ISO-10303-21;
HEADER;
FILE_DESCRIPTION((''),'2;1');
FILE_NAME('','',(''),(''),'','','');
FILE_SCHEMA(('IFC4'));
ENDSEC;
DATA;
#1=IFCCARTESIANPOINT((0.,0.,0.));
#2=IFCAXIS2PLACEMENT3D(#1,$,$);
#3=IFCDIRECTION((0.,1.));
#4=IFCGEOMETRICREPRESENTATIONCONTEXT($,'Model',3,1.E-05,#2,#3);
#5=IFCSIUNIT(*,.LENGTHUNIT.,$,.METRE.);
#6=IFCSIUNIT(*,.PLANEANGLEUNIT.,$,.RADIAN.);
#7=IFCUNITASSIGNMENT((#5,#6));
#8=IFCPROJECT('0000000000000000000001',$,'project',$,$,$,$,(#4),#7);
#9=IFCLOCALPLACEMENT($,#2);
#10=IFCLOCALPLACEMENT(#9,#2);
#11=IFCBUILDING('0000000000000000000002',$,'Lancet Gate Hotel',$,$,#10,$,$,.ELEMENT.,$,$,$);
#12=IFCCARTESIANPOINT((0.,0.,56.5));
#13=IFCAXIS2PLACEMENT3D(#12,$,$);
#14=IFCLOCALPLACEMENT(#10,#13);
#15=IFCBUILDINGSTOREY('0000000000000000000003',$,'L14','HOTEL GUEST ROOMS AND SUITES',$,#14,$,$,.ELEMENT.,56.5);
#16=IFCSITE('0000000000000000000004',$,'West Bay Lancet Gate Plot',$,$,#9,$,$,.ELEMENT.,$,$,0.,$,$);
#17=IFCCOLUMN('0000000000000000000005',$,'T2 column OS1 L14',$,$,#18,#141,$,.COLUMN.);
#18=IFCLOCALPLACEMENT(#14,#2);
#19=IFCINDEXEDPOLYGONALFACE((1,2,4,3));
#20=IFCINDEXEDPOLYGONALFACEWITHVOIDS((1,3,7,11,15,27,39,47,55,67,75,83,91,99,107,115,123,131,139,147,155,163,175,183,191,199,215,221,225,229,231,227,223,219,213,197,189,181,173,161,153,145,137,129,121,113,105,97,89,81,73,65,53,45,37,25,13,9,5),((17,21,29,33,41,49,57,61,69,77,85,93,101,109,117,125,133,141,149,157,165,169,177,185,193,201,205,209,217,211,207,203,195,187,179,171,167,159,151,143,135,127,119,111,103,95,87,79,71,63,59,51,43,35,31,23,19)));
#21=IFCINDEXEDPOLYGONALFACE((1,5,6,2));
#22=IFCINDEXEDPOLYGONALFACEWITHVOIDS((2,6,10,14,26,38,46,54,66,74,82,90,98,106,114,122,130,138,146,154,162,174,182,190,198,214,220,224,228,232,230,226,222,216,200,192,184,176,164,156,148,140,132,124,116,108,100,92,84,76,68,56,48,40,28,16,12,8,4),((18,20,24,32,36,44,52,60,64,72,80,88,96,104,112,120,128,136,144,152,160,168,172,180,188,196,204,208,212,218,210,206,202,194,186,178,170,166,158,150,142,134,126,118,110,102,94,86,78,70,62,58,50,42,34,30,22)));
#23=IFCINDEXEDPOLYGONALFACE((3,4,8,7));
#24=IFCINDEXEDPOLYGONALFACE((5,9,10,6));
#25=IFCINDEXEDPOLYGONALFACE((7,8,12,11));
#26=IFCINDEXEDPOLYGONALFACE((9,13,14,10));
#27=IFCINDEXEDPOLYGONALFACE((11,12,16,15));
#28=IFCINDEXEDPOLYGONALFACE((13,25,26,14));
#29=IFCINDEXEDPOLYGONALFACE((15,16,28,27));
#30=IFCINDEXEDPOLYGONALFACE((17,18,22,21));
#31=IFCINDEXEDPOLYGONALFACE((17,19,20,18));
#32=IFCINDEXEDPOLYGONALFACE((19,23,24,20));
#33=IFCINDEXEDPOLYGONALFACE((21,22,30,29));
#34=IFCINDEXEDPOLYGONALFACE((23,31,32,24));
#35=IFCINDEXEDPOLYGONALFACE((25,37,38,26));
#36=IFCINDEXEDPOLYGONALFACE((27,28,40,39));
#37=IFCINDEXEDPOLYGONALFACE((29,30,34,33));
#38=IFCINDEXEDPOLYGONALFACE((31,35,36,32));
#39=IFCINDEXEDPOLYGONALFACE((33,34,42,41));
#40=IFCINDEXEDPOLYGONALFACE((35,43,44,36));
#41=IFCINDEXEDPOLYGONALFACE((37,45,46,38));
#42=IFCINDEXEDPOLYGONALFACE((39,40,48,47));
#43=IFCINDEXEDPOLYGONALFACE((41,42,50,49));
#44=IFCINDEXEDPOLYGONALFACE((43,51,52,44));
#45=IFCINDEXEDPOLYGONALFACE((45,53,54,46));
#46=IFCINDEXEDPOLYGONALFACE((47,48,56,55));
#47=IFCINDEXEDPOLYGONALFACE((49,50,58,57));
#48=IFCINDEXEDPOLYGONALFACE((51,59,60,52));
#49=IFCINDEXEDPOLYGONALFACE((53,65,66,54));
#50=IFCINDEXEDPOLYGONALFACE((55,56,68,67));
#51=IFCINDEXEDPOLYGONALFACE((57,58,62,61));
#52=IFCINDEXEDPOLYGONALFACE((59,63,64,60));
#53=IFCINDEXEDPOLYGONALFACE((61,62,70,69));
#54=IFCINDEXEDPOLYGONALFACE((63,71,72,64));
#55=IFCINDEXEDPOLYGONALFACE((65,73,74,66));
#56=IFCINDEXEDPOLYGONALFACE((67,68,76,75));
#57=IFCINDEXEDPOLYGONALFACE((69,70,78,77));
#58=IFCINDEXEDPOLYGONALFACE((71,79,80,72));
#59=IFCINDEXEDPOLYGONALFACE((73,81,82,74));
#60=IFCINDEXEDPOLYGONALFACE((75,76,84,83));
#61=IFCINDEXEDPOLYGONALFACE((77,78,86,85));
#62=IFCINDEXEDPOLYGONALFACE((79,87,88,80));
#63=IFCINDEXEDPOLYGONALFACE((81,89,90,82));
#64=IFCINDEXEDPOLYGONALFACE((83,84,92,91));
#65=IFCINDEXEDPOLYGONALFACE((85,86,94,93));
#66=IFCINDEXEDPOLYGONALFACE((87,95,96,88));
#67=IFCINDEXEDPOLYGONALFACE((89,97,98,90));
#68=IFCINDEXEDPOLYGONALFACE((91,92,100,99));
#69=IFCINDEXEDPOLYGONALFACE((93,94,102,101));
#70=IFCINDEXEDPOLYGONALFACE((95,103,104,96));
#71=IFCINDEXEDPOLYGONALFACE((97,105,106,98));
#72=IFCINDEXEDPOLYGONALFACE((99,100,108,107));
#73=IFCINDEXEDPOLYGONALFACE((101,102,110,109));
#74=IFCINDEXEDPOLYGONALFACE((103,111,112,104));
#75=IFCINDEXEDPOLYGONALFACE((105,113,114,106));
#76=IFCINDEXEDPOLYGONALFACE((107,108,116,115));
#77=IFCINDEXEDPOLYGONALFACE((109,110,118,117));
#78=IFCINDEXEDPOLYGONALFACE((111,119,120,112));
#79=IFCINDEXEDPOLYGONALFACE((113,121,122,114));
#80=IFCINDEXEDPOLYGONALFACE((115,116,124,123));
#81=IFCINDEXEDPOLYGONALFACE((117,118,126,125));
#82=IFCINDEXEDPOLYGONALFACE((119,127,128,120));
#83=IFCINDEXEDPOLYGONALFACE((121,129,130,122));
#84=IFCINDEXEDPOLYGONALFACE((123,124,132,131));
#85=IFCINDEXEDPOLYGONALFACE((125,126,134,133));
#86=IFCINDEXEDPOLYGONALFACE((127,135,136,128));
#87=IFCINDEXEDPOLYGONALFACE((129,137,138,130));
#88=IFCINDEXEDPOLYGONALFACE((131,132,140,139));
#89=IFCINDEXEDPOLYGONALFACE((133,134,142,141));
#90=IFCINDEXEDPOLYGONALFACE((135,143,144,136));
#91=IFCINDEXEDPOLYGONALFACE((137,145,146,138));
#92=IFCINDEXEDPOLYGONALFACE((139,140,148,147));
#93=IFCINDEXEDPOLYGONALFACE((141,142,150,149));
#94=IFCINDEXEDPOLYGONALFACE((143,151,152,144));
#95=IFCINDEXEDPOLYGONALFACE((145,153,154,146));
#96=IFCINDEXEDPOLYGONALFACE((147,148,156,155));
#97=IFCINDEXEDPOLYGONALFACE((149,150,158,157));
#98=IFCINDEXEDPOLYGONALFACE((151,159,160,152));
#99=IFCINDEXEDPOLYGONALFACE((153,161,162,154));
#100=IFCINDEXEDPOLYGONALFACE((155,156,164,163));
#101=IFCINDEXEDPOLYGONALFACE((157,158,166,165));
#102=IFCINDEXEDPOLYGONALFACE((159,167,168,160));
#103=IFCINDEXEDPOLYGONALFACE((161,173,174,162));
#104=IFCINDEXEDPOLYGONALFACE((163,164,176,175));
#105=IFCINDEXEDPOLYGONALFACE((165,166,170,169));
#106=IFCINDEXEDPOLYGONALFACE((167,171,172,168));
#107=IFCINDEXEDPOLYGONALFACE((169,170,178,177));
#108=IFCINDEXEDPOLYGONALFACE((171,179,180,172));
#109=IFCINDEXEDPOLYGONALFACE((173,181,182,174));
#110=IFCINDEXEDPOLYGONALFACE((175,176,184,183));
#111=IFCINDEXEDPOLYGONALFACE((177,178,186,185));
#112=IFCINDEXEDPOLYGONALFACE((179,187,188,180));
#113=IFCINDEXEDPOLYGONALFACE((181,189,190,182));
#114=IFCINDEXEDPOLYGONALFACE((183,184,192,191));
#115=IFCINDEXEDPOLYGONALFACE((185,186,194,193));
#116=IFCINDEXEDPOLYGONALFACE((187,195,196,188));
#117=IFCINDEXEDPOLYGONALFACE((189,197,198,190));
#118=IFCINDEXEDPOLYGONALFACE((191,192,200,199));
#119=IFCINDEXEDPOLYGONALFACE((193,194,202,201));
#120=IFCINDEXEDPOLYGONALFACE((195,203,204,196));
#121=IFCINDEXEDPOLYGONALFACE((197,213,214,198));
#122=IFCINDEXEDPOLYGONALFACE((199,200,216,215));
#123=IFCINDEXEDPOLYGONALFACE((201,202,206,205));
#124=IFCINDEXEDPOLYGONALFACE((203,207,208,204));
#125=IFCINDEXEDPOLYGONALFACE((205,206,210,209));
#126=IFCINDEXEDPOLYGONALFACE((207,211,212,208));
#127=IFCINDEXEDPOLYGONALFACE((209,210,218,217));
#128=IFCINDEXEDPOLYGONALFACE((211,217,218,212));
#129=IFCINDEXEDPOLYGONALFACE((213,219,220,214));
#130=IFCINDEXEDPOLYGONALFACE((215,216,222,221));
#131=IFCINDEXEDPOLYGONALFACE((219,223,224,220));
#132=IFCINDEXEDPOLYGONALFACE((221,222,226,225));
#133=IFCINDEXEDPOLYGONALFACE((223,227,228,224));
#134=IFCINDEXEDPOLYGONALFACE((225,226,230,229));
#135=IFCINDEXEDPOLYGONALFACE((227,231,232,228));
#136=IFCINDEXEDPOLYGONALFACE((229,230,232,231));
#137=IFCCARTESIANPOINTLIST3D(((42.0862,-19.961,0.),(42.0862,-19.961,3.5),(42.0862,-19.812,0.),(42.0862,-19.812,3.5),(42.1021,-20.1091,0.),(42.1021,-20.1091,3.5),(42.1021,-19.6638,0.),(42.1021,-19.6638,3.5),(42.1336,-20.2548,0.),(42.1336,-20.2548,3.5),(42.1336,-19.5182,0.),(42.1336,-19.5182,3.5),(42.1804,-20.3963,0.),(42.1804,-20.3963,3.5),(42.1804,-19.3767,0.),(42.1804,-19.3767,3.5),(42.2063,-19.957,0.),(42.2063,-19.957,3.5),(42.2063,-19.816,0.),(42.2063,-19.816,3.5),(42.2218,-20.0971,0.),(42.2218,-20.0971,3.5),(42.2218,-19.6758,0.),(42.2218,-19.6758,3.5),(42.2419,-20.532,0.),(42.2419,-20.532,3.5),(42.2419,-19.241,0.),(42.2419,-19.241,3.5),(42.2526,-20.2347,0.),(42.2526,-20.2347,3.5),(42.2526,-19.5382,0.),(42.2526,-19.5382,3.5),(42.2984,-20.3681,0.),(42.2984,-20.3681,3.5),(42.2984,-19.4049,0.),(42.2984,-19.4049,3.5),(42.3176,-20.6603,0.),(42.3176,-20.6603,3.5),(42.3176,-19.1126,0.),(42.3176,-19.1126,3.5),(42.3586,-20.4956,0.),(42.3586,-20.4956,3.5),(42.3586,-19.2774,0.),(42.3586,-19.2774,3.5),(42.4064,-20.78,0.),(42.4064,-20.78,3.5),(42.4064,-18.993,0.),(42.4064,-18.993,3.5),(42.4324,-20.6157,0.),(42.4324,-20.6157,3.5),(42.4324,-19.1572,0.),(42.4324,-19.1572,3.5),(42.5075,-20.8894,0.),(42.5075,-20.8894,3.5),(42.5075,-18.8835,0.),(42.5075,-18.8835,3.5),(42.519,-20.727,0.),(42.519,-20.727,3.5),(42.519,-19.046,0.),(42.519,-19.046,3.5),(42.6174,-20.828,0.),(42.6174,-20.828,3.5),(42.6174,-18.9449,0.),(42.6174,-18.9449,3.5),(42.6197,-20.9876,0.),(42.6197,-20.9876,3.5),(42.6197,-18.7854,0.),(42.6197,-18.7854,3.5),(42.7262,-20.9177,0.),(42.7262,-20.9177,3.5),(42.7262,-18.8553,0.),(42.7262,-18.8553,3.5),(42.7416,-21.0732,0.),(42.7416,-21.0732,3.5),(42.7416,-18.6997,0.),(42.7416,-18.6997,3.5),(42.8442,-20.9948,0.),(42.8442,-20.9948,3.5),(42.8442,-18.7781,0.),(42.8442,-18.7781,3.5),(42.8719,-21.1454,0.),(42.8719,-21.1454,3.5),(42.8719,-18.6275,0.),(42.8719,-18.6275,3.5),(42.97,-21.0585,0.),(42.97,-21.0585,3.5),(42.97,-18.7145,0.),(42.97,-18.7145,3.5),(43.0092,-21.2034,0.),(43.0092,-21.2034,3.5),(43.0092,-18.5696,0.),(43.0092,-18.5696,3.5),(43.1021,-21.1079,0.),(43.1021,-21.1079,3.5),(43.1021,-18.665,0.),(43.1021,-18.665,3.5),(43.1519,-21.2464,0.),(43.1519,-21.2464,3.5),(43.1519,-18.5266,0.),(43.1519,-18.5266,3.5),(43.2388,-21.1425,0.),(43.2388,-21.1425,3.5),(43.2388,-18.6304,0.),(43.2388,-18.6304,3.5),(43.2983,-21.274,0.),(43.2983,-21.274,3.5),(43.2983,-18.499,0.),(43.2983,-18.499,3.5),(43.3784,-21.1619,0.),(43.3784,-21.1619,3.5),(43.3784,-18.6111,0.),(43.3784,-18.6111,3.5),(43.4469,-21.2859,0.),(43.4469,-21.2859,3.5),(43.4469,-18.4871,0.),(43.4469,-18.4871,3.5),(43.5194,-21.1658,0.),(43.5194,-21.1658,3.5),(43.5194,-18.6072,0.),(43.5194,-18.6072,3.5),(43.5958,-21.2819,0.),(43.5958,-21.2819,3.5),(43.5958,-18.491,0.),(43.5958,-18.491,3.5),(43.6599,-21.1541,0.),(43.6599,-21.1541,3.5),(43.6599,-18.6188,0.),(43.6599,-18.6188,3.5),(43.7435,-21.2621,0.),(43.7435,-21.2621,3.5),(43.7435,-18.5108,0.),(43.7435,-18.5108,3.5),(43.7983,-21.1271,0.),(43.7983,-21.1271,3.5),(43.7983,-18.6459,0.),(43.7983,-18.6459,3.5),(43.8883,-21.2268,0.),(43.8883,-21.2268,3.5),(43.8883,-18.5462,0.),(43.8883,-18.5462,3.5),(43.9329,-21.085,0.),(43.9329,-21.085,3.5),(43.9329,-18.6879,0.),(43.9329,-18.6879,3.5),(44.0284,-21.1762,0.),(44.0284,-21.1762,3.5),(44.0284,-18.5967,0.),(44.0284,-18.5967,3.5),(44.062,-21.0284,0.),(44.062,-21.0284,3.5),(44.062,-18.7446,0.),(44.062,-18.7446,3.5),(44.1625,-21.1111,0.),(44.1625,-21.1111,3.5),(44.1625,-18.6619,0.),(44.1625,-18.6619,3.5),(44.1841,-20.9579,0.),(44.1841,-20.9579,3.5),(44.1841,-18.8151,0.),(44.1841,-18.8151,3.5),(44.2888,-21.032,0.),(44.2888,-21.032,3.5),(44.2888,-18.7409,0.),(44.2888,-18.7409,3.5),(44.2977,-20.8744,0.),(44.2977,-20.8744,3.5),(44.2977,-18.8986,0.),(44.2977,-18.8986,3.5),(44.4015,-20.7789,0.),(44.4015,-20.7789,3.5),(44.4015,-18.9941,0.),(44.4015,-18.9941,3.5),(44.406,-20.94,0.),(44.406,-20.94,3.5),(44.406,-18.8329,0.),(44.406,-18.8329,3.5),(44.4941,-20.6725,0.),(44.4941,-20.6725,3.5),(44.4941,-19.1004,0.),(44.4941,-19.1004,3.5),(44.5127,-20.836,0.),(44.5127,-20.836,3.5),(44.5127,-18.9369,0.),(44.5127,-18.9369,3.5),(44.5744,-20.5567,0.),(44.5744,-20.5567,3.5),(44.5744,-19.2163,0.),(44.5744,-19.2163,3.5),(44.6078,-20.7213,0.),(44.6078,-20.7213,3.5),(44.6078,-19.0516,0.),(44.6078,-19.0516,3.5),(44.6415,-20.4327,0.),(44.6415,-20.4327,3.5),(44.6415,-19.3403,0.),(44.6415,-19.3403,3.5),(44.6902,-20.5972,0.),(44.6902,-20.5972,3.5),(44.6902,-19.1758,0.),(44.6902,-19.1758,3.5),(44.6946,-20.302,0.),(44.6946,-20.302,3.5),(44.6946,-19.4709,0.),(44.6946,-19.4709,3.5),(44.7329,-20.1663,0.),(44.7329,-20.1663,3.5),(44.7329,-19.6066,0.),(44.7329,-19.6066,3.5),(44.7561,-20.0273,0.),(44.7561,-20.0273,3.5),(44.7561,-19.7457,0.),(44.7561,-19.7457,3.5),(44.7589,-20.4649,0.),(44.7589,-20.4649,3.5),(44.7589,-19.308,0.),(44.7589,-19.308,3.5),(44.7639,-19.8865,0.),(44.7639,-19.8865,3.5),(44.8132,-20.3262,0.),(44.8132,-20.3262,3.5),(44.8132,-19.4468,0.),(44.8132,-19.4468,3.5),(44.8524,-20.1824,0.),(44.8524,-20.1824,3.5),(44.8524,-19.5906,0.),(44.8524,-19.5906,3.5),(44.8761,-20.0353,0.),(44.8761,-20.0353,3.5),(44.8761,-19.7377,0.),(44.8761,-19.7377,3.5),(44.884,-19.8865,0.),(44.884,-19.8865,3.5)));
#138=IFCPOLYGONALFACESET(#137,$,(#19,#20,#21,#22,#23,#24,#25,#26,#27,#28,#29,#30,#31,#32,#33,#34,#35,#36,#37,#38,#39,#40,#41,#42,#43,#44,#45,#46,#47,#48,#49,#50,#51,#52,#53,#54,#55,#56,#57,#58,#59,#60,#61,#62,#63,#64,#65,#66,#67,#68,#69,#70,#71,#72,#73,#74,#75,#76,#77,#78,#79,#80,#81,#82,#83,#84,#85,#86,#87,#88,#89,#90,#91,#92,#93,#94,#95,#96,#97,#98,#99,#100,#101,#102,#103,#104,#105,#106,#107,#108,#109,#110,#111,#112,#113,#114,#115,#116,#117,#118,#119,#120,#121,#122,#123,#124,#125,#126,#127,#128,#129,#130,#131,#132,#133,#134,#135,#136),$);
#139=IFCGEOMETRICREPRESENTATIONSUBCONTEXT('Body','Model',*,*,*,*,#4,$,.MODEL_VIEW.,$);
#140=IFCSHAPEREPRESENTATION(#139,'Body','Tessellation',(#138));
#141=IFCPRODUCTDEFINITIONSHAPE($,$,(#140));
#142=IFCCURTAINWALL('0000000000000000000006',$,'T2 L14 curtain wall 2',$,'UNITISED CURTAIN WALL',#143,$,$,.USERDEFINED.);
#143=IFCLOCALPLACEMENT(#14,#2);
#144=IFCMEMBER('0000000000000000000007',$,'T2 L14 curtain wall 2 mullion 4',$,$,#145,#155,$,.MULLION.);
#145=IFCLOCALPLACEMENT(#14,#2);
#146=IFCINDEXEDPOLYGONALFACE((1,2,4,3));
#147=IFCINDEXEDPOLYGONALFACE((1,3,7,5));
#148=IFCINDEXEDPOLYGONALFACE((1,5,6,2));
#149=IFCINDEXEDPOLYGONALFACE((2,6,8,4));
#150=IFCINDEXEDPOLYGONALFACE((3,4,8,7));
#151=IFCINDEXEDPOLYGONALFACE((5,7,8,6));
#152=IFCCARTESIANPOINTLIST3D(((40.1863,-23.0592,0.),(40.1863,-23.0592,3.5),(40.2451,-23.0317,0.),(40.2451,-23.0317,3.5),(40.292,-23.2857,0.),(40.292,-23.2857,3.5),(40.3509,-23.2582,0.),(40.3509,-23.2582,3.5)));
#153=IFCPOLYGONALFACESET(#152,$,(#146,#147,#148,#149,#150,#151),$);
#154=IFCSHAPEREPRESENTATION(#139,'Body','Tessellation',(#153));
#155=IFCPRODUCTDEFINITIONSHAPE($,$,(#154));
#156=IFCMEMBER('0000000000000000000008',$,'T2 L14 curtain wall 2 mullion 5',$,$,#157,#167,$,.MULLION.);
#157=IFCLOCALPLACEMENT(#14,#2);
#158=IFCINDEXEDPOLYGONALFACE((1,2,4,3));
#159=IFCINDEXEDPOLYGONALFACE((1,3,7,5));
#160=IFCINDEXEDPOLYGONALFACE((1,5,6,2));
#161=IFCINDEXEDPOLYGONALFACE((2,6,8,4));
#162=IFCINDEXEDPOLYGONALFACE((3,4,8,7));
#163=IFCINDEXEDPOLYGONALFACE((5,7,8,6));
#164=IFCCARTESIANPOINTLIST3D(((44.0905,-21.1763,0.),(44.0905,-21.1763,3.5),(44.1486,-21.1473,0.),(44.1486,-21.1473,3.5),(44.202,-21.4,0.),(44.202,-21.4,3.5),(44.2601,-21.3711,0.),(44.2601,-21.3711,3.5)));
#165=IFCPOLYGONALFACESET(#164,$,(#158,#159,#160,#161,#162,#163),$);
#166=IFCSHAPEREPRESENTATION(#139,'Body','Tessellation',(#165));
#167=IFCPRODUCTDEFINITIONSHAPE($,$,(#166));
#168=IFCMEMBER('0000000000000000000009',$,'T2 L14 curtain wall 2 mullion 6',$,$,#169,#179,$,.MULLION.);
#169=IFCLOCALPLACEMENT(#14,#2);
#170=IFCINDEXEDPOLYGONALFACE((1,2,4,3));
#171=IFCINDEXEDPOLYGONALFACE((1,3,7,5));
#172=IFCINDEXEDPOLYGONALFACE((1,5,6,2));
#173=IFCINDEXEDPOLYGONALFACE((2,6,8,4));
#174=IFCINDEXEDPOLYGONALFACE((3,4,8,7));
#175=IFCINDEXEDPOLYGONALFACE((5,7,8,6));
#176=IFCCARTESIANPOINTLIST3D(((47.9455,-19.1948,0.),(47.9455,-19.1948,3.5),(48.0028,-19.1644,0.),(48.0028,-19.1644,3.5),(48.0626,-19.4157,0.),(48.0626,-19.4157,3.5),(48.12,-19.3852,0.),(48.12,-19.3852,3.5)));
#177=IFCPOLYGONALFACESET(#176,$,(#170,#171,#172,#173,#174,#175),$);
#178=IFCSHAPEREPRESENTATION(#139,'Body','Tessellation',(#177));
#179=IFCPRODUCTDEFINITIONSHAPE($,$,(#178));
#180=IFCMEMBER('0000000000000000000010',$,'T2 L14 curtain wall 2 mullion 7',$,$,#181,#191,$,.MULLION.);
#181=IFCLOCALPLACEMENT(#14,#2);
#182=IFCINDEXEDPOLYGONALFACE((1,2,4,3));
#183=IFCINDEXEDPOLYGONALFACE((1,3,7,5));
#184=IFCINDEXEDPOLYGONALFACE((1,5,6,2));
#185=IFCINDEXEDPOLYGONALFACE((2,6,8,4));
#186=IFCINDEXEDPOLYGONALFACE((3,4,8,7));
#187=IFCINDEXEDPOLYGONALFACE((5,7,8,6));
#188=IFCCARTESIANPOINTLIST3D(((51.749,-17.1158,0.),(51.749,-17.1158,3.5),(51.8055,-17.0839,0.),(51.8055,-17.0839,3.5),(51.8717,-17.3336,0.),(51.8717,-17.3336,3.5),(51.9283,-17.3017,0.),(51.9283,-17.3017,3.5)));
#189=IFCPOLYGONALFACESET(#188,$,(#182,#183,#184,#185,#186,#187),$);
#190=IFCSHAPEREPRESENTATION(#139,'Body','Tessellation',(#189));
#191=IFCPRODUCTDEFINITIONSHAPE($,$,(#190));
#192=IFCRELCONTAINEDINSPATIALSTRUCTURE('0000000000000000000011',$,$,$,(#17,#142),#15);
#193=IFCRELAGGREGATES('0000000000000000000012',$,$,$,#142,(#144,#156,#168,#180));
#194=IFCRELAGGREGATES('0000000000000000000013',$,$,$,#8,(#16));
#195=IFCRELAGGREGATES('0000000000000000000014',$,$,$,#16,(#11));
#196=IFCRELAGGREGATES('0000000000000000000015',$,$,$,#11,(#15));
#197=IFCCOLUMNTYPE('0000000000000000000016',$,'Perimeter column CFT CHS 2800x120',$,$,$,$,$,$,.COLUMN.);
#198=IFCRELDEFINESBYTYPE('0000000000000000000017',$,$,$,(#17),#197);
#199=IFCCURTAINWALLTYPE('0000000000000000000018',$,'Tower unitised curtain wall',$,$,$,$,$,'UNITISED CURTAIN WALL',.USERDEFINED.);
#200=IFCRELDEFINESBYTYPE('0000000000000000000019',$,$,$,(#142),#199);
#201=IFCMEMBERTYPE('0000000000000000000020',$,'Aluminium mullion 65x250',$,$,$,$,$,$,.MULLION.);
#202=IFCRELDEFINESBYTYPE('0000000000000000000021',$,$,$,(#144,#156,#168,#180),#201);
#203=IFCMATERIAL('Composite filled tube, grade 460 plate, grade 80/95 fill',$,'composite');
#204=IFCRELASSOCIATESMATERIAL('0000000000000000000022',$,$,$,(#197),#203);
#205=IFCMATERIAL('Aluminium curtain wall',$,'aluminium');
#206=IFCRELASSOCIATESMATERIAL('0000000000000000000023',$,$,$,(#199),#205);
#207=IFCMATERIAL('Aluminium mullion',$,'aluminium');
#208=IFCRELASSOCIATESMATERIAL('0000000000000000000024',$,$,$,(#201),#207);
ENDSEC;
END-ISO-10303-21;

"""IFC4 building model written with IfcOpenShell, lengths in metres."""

from ifc_helpers import new_model, si_unit, direction, frame, origin, origin_2d, place, context, subcontext, project, spatial, rectangle, hollow_circle, extrude, material, material_profile, profile_set, type_object, element, aggregate, save


model = new_model("IFC4")

# Units and contexts
model_context = context("Model", 3, precision=1e-05, world=origin(), true_north=direction((0.0, 1.0)))
body_context = subcontext(model_context, "Body", "Model", "MODEL_VIEW")
ifc_project = project(units=[si_unit("LENGTHUNIT", "METRE"), si_unit("PLANEANGLEUNIT", "RADIAN")], contexts=[model_context])

# Site, building, storey
site_placement = place(None, origin())
site = spatial("IfcSite", under=ifc_project, at=site_placement, Name="West Bay Lancet Gate Plot", CompositionType="ELEMENT", RefElevation=0.0)
building_placement = place(site_placement, origin())
building = spatial("IfcBuilding", under=site, at=building_placement, Name="Lancet Gate Hotel", CompositionType="ELEMENT")
storey_placement = place(building_placement, frame((0.0, 0.0, 56.5)))
storey = spatial("IfcBuildingStorey", under=building, at=storey_placement, Name="L14", Description="HOTEL GUEST ROOMS AND SUITES", CompositionType="ELEMENT", Elevation=56.5)

# Column
ifc_material_1 = material(Name="Composite filled tube, grade 460 plate, grade 80/95 fill", Category="composite")
ifc_material_profile_1 = material_profile(ifc_material_1, hollow_circle(Radius=1.3999, WallThickness=0.1201, at=origin_2d()), Name="CHS 2800x120")
ifc_profile_set_1 = profile_set([ifc_material_profile_1], Name="Composite filled tube, grade 460 plate, grade 80/95 fill")
column_type = type_object("IfcColumnType", Name="Perimeter column CFT CHS 2800x120", PredefinedType="COLUMN", material=ifc_profile_set_1)
column_placement = place(storey_placement, frame((43.4841, -19.8865, 0.0), z_axis=(0.0, 0.0, 1.0), x_axis=(1.0, 0.0, 0.0)))
element("IfcColumn", 1, at=column_placement, inside=storey, type_object=column_type, Name="T2 column OS1 L14", PredefinedType="COLUMN", context=body_context, shape_type="SweptSolid", body=[
    extrude(hollow_circle(Radius=1.3999, WallThickness=0.1201, at=origin_2d()), origin(), (0.0, 0.0, 1.0), 3.5),
])

# Curtain wall, members
ifc_material_2 = material(Name="Aluminium curtain wall", Category="aluminium")
curtain_wall_type = type_object("IfcCurtainWallType", Name="Tower unitised curtain wall", ElementType="UNITISED CURTAIN WALL", PredefinedType="USERDEFINED", material=ifc_material_2)
curtain_wall_placement = place(storey_placement, origin())
curtain_wall = element("IfcCurtainWall", 2, at=curtain_wall_placement, inside=storey, type_object=curtain_wall_type, Name="T2 L14 curtain wall 2", ObjectType="UNITISED CURTAIN WALL", PredefinedType="USERDEFINED")
ifc_material_3 = material(Name="Aluminium mullion", Category="aluminium")
ifc_material_profile_2 = material_profile(ifc_material_3, rectangle(XDim=0.0649, YDim=0.25, at=origin_2d()), Name="MULLION 65x250")
ifc_profile_set_2 = profile_set([ifc_material_profile_2], Name="Aluminium mullion")
member_type_1 = type_object("IfcMemberType", Name="Aluminium mullion 65x250", PredefinedType="MULLION", material=ifc_profile_set_2)
member_1_placement = place(storey_placement, frame((40.2686, -23.1587, 0.0), z_axis=(0.0, 0.0, 1.0), x_axis=(0.906105, 0.423053, 0.0)))
member_1 = element("IfcMember", 3, at=member_1_placement, type_object=member_type_1, Name="T2 L14 curtain wall 2 mullion 4", PredefinedType="MULLION", context=body_context, shape_type="SweptSolid", body=[
    extrude(rectangle(XDim=0.0649, YDim=0.25, at=origin_2d()), origin(), (0.0, 0.0, 1.0), 3.5),
])
member_2_placement = place(storey_placement, frame((44.1753, -21.2737, 0.0), z_axis=(0.0, 0.0, 1.0), x_axis=(0.895044, 0.445978, 0.0)))
member_2 = element("IfcMember", 4, at=member_2_placement, type_object=member_type_1, Name="T2 L14 curtain wall 2 mullion 5", PredefinedType="MULLION", context=body_context, shape_type="SweptSolid", body=[
    extrude(rectangle(XDim=0.0649, YDim=0.25, at=origin_2d()), origin(), (0.0, 0.0, 1.0), 3.5),
])
member_3_placement = place(storey_placement, frame((48.0327, -19.29, 0.0), z_axis=(0.0, 0.0, 1.0), x_axis=(0.883403, 0.468613, 0.0)))
member_3 = element("IfcMember", 5, at=member_3_placement, type_object=member_type_1, Name="T2 L14 curtain wall 2 mullion 6", PredefinedType="MULLION", context=body_context, shape_type="SweptSolid", body=[
    extrude(rectangle(XDim=0.0649, YDim=0.25, at=origin_2d()), origin(), (0.0, 0.0, 1.0), 3.5),
])
member_4_placement = place(storey_placement, frame((51.8386, -17.2087, 0.0), z_axis=(0.0, 0.0, 1.0), x_axis=(0.87119, 0.490945, 0.0)))
member_4 = element("IfcMember", 6, at=member_4_placement, type_object=member_type_1, Name="T2 L14 curtain wall 2 mullion 7", PredefinedType="MULLION", context=body_context, shape_type="SweptSolid", body=[
    extrude(rectangle(XDim=0.0649, YDim=0.25, at=origin_2d()), origin(), (0.0, 0.0, 1.0), 3.5),
])

aggregate(curtain_wall, [member_1, member_2, member_3, member_4])

save(model, "model.ifc")
